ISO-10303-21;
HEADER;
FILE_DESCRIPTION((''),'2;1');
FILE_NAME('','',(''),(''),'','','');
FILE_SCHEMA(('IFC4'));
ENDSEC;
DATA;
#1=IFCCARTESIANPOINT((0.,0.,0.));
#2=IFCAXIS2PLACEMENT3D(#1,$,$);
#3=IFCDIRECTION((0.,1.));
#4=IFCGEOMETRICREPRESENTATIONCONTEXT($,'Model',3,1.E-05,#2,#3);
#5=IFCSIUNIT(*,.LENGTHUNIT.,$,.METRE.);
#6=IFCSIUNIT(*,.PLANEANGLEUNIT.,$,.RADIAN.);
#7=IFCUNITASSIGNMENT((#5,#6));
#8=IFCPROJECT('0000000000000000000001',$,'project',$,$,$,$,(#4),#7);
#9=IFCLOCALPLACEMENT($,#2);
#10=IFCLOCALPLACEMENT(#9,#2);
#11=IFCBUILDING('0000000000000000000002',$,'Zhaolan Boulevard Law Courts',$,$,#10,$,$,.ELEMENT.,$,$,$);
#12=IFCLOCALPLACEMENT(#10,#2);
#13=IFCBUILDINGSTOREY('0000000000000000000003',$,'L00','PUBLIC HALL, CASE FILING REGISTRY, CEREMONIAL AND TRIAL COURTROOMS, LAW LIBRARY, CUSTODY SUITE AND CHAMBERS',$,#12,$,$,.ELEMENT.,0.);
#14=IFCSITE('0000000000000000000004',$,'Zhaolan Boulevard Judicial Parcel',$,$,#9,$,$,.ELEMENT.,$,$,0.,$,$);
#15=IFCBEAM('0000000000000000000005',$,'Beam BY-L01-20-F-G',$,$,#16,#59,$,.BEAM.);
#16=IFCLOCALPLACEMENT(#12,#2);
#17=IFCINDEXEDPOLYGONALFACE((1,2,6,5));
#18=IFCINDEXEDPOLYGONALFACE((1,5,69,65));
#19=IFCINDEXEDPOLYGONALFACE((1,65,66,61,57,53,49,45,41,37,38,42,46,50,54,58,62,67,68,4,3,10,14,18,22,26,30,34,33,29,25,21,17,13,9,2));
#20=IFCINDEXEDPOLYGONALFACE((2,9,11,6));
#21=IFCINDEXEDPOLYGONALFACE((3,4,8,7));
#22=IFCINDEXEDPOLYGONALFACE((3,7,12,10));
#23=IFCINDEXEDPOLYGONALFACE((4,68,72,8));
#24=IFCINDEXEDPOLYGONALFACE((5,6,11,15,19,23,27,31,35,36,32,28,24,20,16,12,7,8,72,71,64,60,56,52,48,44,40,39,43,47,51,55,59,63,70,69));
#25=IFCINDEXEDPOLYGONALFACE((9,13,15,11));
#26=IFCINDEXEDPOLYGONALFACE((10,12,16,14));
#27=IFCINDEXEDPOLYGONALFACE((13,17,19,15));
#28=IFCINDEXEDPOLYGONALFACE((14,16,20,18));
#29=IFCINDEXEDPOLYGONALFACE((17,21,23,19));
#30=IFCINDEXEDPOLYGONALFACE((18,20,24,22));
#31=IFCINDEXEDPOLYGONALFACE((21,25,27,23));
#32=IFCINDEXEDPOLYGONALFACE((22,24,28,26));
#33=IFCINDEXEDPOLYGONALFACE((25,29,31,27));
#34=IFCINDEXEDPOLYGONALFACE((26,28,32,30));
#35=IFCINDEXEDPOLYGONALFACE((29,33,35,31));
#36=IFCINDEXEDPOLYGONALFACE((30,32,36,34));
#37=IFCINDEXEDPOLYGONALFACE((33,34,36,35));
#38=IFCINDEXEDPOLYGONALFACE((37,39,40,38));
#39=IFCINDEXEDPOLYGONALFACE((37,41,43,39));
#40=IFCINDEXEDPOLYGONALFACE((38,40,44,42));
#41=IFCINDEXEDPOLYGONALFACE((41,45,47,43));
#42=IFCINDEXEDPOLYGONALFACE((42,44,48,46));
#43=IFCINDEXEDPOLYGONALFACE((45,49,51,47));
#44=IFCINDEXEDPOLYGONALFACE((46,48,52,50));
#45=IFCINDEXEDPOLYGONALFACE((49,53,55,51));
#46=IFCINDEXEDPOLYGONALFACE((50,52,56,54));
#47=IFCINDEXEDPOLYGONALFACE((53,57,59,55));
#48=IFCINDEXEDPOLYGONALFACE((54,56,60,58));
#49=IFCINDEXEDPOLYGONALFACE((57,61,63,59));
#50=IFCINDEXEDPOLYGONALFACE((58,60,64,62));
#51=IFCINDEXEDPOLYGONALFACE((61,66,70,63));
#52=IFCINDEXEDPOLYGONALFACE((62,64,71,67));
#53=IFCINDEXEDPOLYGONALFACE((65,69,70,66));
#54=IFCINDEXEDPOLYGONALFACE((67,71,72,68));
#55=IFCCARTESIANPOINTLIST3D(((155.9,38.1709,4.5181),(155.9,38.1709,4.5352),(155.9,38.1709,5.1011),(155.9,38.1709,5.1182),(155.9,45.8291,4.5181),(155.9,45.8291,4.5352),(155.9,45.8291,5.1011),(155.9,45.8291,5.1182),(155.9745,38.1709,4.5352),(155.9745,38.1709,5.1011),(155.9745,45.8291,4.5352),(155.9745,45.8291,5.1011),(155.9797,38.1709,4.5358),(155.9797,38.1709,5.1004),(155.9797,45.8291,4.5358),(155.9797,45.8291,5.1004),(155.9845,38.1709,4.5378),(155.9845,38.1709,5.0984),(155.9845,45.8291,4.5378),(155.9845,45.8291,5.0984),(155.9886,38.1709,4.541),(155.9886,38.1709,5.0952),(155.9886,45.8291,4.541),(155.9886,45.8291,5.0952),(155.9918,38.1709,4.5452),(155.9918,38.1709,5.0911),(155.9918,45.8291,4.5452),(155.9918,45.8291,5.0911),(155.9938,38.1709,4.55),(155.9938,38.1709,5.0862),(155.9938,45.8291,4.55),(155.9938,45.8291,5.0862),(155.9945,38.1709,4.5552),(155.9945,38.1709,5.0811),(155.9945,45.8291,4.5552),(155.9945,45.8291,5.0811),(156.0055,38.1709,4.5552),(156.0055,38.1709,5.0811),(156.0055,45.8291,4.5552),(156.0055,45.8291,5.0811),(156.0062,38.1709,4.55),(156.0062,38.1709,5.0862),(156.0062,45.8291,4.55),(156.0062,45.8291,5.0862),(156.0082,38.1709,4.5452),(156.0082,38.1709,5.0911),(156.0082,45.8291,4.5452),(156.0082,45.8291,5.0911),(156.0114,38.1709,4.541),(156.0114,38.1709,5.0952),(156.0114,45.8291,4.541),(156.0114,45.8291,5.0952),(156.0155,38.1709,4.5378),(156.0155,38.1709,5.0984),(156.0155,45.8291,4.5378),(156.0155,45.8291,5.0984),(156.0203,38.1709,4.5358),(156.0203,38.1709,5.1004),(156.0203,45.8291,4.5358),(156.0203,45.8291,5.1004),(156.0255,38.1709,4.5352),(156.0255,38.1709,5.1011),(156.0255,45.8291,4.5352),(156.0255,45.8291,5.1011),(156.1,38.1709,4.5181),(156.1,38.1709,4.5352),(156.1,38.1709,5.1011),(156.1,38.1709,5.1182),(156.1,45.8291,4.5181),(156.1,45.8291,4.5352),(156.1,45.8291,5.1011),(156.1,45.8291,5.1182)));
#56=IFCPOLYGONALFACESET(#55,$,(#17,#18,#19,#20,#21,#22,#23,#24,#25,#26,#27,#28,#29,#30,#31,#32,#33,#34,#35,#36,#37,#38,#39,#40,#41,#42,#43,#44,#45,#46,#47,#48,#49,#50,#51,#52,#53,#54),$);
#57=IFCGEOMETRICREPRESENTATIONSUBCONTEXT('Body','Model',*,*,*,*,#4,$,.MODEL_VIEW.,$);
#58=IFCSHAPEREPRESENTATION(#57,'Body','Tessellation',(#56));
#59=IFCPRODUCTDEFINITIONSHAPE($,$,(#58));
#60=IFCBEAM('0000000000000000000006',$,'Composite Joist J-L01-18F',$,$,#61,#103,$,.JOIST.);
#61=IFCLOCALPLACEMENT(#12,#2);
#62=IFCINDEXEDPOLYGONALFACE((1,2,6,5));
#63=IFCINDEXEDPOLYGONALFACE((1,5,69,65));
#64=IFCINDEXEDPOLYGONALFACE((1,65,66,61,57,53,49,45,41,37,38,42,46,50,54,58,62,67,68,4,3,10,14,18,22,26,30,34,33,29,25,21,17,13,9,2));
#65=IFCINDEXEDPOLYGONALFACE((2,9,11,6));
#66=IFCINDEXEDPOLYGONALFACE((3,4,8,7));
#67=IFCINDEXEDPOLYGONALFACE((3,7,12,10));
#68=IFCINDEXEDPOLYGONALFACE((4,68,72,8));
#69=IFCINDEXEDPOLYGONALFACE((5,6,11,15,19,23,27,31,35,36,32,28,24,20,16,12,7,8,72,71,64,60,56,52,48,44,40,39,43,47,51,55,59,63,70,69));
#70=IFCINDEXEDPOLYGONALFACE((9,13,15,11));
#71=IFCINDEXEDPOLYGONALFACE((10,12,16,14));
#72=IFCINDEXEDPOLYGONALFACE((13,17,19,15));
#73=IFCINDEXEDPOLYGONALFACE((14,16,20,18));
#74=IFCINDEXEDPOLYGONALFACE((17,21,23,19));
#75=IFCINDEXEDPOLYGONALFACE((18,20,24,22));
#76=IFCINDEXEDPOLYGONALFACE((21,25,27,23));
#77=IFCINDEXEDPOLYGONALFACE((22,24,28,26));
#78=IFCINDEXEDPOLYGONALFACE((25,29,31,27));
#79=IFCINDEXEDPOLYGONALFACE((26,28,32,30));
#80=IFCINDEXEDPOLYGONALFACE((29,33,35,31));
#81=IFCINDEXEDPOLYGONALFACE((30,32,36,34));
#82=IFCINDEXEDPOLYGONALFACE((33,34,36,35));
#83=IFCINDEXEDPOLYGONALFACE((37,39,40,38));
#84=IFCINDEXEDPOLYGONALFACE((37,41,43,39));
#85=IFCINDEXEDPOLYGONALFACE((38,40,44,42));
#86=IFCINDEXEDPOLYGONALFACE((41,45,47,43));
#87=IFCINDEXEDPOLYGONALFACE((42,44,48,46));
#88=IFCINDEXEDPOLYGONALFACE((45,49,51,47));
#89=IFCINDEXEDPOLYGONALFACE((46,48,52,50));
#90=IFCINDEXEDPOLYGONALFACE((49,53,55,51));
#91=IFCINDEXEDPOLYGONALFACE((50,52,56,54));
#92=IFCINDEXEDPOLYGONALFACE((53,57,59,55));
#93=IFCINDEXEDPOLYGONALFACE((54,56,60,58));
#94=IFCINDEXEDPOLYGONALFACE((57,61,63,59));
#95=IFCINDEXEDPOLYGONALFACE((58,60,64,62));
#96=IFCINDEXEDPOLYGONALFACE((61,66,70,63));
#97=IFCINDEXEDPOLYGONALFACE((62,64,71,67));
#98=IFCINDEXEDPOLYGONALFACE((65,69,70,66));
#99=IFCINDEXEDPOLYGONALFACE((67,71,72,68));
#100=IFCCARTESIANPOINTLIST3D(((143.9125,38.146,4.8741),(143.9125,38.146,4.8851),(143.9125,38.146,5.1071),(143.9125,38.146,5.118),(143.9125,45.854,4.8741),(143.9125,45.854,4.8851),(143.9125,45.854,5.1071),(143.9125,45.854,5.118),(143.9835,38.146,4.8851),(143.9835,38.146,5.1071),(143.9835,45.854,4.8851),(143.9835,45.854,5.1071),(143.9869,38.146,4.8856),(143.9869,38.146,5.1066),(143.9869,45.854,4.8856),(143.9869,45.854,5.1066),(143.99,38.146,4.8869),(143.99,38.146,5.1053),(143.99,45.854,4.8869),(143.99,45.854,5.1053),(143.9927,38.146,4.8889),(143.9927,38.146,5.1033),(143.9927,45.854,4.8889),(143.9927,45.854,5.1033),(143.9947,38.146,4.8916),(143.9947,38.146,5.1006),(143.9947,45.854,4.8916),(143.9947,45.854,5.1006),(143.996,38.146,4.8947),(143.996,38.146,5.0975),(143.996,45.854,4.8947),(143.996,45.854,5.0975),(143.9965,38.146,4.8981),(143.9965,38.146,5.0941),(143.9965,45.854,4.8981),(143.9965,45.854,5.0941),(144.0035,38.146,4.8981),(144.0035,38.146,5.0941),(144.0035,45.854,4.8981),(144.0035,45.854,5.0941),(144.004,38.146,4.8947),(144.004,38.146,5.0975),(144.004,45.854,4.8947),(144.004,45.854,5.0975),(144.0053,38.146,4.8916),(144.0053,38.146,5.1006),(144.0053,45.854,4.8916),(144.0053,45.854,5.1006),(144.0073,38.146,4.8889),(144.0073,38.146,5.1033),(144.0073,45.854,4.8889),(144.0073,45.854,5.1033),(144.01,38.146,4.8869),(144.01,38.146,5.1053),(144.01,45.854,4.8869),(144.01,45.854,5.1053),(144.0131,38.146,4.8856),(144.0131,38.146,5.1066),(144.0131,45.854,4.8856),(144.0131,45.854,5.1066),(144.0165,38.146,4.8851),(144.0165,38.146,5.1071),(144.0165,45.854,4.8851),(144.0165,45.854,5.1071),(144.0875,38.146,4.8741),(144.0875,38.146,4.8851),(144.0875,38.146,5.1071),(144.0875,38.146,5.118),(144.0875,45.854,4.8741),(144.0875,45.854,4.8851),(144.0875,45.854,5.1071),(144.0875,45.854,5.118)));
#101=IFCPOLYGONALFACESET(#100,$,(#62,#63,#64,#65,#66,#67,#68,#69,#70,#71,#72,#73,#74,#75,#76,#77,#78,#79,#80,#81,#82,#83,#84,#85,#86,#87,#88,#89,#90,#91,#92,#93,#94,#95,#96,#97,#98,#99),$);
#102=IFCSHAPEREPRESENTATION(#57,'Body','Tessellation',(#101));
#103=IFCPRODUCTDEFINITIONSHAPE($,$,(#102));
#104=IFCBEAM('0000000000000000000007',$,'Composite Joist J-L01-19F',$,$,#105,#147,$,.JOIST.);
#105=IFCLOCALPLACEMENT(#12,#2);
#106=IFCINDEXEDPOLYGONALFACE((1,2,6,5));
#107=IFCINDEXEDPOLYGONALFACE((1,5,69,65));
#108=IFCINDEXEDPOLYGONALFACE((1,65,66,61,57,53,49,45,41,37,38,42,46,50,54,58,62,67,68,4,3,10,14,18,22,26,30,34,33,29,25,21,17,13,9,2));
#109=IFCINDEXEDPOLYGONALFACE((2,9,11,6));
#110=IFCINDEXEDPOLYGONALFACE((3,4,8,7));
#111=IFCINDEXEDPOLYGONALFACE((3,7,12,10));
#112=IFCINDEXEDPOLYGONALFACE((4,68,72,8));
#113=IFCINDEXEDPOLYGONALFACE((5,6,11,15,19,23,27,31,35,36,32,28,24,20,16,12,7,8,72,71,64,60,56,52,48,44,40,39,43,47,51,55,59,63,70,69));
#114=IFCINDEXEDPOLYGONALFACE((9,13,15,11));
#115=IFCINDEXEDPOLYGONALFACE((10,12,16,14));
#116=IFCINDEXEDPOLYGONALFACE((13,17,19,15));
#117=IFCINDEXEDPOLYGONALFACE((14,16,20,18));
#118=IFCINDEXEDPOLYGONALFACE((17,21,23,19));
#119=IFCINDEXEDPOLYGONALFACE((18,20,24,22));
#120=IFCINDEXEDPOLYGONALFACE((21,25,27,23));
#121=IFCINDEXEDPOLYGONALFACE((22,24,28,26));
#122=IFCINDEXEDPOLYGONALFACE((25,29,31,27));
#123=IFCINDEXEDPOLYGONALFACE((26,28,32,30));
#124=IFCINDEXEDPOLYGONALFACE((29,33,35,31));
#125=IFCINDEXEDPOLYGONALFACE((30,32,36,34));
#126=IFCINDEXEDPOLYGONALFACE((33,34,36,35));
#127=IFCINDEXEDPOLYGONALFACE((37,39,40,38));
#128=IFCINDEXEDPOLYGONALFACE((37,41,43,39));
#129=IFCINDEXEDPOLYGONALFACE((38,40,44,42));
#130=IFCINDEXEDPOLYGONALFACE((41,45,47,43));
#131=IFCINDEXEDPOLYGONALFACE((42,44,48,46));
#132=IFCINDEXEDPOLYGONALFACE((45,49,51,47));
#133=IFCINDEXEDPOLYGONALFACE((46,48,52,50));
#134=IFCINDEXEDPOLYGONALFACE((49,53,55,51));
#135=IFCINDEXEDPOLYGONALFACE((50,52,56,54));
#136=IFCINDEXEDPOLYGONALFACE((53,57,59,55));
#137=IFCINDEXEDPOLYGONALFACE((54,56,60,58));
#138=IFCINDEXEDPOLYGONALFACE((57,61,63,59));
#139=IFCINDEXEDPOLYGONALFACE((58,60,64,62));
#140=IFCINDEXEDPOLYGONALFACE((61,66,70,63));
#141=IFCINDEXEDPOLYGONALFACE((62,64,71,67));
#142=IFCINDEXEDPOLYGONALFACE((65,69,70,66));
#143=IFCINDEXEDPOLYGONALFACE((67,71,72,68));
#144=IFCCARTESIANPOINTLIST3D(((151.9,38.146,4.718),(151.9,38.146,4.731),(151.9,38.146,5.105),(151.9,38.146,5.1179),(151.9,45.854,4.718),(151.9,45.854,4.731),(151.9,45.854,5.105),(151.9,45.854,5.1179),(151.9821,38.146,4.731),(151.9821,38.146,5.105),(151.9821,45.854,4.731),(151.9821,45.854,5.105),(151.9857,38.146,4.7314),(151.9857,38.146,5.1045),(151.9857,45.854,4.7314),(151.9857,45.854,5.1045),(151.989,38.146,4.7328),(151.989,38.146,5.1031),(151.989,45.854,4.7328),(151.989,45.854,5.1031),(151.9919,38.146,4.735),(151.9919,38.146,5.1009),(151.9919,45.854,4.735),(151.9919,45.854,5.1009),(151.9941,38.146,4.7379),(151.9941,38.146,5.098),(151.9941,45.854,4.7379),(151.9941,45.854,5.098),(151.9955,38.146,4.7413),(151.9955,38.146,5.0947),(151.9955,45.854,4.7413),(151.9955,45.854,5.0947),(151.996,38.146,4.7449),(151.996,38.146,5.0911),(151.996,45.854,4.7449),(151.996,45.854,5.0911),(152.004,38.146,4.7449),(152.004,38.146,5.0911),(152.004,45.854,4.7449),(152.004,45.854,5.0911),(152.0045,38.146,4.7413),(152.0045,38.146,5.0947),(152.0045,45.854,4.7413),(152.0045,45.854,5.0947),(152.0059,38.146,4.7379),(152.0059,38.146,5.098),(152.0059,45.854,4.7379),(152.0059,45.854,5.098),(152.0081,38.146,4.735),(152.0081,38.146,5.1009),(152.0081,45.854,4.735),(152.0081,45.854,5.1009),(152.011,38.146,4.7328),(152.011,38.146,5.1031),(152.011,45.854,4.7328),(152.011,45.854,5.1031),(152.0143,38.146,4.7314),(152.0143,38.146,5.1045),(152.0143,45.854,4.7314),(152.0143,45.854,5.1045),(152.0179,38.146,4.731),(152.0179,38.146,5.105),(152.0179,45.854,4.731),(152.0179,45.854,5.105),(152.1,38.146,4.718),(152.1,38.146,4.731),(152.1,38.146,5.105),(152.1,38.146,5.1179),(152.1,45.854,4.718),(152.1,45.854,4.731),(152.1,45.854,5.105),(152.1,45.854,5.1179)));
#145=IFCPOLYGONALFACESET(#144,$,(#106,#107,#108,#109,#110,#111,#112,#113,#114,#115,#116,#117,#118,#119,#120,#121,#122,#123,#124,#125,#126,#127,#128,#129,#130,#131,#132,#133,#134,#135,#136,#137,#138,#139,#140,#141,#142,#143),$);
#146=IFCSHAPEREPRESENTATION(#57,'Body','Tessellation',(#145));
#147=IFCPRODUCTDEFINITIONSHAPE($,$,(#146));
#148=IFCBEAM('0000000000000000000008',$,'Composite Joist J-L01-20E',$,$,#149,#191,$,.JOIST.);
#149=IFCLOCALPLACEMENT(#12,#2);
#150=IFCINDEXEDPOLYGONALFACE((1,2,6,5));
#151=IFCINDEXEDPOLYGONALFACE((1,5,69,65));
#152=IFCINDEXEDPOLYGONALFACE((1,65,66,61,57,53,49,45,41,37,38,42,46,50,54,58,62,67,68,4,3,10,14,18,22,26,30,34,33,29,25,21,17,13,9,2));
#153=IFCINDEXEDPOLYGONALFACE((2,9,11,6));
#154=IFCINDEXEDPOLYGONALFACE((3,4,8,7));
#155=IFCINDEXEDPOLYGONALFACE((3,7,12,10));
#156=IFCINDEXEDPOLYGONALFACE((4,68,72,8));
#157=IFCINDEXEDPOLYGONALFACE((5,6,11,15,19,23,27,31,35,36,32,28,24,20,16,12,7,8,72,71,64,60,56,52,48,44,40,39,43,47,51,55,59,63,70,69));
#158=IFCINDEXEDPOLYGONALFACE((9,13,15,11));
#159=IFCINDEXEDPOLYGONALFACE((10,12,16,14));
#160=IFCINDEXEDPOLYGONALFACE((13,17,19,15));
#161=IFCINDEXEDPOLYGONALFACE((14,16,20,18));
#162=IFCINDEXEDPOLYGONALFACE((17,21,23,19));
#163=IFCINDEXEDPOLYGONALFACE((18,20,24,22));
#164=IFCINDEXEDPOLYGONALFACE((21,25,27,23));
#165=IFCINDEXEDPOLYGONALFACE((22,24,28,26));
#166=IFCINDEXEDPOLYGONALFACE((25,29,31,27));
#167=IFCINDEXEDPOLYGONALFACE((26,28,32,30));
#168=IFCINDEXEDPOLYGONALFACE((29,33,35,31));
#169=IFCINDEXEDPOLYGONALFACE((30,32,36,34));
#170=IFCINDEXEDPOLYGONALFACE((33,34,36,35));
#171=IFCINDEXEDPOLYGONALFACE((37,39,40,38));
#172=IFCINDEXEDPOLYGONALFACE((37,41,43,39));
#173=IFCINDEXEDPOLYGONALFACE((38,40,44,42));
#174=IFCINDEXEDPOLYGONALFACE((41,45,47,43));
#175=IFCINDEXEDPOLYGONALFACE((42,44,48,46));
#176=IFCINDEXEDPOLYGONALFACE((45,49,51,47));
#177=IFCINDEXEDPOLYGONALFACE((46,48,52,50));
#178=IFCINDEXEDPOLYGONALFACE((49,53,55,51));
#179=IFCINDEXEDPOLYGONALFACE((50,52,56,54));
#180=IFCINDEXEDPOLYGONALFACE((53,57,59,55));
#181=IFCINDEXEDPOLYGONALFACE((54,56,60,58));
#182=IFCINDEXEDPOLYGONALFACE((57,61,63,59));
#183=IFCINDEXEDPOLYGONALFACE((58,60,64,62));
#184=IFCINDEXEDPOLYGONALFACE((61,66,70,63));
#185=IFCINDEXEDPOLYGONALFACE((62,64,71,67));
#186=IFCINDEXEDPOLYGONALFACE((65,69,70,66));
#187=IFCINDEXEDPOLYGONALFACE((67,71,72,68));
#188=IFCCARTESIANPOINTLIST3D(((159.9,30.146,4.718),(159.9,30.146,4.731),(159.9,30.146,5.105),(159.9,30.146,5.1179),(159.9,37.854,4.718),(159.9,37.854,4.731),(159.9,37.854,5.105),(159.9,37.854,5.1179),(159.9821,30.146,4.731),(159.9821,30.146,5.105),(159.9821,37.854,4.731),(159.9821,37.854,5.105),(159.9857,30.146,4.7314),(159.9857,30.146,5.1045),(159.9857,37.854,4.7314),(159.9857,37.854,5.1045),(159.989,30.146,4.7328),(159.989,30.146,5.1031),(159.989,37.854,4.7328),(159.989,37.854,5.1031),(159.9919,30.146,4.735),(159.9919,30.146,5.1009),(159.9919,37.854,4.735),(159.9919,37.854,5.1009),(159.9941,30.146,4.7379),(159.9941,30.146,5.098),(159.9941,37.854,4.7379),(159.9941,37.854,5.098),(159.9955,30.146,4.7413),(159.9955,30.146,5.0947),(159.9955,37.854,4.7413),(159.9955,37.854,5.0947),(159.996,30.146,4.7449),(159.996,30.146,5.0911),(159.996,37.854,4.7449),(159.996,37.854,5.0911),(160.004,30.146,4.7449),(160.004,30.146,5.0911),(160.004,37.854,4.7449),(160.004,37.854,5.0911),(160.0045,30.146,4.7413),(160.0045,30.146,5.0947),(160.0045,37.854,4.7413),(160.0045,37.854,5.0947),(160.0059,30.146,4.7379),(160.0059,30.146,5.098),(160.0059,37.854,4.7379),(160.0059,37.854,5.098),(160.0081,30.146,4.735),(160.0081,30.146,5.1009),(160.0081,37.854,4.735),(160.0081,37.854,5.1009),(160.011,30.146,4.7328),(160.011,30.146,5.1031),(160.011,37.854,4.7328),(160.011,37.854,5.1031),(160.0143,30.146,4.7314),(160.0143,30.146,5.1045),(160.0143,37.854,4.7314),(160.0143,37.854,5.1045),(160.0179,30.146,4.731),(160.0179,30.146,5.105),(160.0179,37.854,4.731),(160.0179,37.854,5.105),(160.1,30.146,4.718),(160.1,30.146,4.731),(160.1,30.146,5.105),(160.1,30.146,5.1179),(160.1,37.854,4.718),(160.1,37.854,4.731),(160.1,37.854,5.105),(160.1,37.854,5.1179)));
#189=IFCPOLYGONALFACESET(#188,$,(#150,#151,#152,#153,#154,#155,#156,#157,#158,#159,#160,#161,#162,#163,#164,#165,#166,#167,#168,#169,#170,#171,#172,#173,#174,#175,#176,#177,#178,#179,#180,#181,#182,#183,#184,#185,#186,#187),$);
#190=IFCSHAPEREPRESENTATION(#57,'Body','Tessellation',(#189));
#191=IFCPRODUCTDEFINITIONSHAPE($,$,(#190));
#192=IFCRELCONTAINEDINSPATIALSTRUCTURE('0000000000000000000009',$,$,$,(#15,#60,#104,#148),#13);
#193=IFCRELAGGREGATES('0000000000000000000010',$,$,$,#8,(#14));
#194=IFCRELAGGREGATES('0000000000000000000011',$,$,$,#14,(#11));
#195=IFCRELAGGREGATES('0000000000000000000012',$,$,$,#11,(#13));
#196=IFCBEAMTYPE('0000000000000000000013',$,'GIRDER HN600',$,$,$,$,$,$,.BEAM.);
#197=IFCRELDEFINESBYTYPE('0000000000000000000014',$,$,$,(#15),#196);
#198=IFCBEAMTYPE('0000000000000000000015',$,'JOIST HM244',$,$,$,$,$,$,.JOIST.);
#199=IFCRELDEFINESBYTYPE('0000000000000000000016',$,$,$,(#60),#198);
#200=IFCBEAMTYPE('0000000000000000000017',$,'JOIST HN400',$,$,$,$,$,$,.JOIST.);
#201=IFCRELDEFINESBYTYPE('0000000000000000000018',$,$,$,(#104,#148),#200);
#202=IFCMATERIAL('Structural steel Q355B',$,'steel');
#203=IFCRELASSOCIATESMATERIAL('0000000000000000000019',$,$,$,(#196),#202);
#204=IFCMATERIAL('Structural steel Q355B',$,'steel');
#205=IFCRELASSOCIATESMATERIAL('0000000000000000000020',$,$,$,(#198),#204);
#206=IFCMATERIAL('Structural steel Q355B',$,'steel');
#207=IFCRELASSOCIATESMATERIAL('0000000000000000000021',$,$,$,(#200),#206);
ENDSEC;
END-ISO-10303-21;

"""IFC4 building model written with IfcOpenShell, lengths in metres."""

from ifc_helpers import new_model, si_unit, direction, frame, origin, origin_2d, place, context, subcontext, project, spatial, i_section, extrude, material, material_profile, profile_set, type_object, element, save


model = new_model("IFC4")

# Units and contexts
model_context = context("Model", 3, precision=1e-05, world=origin(), true_north=direction((0.0, 1.0)))
body_context = subcontext(model_context, "Body", "Model", "MODEL_VIEW")
ifc_project = project(units=[si_unit("LENGTHUNIT", "METRE"), si_unit("PLANEANGLEUNIT", "RADIAN")], contexts=[model_context])

# Site, building, storey
site_placement = place(None, origin())
site = spatial("IfcSite", under=ifc_project, at=site_placement, Name="Zhaolan Boulevard Judicial Parcel", CompositionType="ELEMENT", RefElevation=0.0)
building_placement = place(site_placement, origin())
building = spatial("IfcBuilding", under=site, at=building_placement, Name="Zhaolan Boulevard Law Courts", CompositionType="ELEMENT")
storey_placement = place(building_placement, origin())
storey = spatial("IfcBuildingStorey", under=building, at=storey_placement, Name="L00", Description="PUBLIC HALL, CASE FILING REGISTRY, CEREMONIAL AND TRIAL COURTROOMS, LAW LIBRARY, CUSTODY SUITE AND CHAMBERS", CompositionType="ELEMENT", Elevation=0.0)

# Beams
ifc_material_1 = material(Name="Structural steel Q355B", Category="steel")
ifc_material_profile_1 = material_profile(ifc_material_1, i_section(OverallWidth=0.2, OverallDepth=0.6001, WebThickness=0.011, FlangeThickness=0.0171, FilletRadius=0.02, at=origin_2d()), Name="HN600x200")
ifc_profile_set_1 = profile_set([ifc_material_profile_1], Name="Structural steel Q355B")
beam_type_1 = type_object("IfcBeamType", Name="GIRDER HN600", PredefinedType="BEAM", material=ifc_profile_set_1)
for number, where, z_axis, x_axis, name in (
    (1, (156.0, 38.1709, 4.8181), (0.0, 1.0, 0.0), (-1.0, 0.0, 0.0), "Beam BY-L01-20-F-G"),
):
    element("IfcBeam", number, at=place(storey_placement, frame(where, z_axis=z_axis, x_axis=x_axis)), inside=storey, type_object=beam_type_1, Name=name, PredefinedType="BEAM", context=body_context, shape_type="SweptSolid", body=[
        extrude(i_section(OverallWidth=0.2, OverallDepth=0.6001, WebThickness=0.011, FlangeThickness=0.0171, FilletRadius=0.02, at=origin_2d()), origin(), (0.0, 0.0, 1.0), 7.6582),
    ])
ifc_material_2 = material(Name="Structural steel Q355B", Category="steel")
ifc_material_profile_2 = material_profile(ifc_material_2, i_section(OverallWidth=0.175, OverallDepth=0.2439, WebThickness=0.0071, FlangeThickness=0.011, FilletRadius=0.0129, at=origin_2d()), Name="HM244x175")
ifc_profile_set_2 = profile_set([ifc_material_profile_2], Name="Structural steel Q355B")
beam_type_2 = type_object("IfcBeamType", Name="JOIST HM244", PredefinedType="JOIST", material=ifc_profile_set_2)
beam_1_placement = place(storey_placement, frame((144.0, 38.146, 4.9961), z_axis=(0.0, 1.0, 0.0), x_axis=(-1.0, 0.0, 0.0)))
element("IfcBeam", 2, at=beam_1_placement, inside=storey, type_object=beam_type_2, Name="Composite Joist J-L01-18F", PredefinedType="JOIST", context=body_context, shape_type="SweptSolid", body=[
    extrude(i_section(OverallWidth=0.175, OverallDepth=0.2439, WebThickness=0.0071, FlangeThickness=0.011, FilletRadius=0.0129, at=origin_2d()), origin(), (0.0, 0.0, 1.0), 7.708),
])
ifc_material_3 = material(Name="Structural steel Q355B", Category="steel")
ifc_material_profile_3 = material_profile(ifc_material_3, i_section(OverallWidth=0.2, OverallDepth=0.3999, WebThickness=0.0081, FlangeThickness=0.0129, FilletRadius=0.0139, at=origin_2d()), Name="HN400x200")
ifc_profile_set_3 = profile_set([ifc_material_profile_3], Name="Structural steel Q355B")
beam_type_3 = type_object("IfcBeamType", Name="JOIST HN400", PredefinedType="JOIST", material=ifc_profile_set_3)
for number, where, z_axis, x_axis, name in (
    (3, (152.0, 38.146, 4.918), (0.0, 1.0, 0.0), (-1.0, 0.0, 0.0), "Composite Joist J-L01-19F"),
    (4, (160.0, 30.146, 4.918), (0.0, 1.0, 0.0), (-1.0, 0.0, 0.0), "Composite Joist J-L01-20E"),
):
    element("IfcBeam", number, at=place(storey_placement, frame(where, z_axis=z_axis, x_axis=x_axis)), inside=storey, type_object=beam_type_3, Name=name, PredefinedType="JOIST", context=body_context, shape_type="SweptSolid", body=[
        extrude(i_section(OverallWidth=0.2, OverallDepth=0.3999, WebThickness=0.0081, FlangeThickness=0.0129, FilletRadius=0.0139, at=origin_2d()), origin(), (0.0, 0.0, 1.0), 7.708),
    ])

save(model, "model.ifc")
